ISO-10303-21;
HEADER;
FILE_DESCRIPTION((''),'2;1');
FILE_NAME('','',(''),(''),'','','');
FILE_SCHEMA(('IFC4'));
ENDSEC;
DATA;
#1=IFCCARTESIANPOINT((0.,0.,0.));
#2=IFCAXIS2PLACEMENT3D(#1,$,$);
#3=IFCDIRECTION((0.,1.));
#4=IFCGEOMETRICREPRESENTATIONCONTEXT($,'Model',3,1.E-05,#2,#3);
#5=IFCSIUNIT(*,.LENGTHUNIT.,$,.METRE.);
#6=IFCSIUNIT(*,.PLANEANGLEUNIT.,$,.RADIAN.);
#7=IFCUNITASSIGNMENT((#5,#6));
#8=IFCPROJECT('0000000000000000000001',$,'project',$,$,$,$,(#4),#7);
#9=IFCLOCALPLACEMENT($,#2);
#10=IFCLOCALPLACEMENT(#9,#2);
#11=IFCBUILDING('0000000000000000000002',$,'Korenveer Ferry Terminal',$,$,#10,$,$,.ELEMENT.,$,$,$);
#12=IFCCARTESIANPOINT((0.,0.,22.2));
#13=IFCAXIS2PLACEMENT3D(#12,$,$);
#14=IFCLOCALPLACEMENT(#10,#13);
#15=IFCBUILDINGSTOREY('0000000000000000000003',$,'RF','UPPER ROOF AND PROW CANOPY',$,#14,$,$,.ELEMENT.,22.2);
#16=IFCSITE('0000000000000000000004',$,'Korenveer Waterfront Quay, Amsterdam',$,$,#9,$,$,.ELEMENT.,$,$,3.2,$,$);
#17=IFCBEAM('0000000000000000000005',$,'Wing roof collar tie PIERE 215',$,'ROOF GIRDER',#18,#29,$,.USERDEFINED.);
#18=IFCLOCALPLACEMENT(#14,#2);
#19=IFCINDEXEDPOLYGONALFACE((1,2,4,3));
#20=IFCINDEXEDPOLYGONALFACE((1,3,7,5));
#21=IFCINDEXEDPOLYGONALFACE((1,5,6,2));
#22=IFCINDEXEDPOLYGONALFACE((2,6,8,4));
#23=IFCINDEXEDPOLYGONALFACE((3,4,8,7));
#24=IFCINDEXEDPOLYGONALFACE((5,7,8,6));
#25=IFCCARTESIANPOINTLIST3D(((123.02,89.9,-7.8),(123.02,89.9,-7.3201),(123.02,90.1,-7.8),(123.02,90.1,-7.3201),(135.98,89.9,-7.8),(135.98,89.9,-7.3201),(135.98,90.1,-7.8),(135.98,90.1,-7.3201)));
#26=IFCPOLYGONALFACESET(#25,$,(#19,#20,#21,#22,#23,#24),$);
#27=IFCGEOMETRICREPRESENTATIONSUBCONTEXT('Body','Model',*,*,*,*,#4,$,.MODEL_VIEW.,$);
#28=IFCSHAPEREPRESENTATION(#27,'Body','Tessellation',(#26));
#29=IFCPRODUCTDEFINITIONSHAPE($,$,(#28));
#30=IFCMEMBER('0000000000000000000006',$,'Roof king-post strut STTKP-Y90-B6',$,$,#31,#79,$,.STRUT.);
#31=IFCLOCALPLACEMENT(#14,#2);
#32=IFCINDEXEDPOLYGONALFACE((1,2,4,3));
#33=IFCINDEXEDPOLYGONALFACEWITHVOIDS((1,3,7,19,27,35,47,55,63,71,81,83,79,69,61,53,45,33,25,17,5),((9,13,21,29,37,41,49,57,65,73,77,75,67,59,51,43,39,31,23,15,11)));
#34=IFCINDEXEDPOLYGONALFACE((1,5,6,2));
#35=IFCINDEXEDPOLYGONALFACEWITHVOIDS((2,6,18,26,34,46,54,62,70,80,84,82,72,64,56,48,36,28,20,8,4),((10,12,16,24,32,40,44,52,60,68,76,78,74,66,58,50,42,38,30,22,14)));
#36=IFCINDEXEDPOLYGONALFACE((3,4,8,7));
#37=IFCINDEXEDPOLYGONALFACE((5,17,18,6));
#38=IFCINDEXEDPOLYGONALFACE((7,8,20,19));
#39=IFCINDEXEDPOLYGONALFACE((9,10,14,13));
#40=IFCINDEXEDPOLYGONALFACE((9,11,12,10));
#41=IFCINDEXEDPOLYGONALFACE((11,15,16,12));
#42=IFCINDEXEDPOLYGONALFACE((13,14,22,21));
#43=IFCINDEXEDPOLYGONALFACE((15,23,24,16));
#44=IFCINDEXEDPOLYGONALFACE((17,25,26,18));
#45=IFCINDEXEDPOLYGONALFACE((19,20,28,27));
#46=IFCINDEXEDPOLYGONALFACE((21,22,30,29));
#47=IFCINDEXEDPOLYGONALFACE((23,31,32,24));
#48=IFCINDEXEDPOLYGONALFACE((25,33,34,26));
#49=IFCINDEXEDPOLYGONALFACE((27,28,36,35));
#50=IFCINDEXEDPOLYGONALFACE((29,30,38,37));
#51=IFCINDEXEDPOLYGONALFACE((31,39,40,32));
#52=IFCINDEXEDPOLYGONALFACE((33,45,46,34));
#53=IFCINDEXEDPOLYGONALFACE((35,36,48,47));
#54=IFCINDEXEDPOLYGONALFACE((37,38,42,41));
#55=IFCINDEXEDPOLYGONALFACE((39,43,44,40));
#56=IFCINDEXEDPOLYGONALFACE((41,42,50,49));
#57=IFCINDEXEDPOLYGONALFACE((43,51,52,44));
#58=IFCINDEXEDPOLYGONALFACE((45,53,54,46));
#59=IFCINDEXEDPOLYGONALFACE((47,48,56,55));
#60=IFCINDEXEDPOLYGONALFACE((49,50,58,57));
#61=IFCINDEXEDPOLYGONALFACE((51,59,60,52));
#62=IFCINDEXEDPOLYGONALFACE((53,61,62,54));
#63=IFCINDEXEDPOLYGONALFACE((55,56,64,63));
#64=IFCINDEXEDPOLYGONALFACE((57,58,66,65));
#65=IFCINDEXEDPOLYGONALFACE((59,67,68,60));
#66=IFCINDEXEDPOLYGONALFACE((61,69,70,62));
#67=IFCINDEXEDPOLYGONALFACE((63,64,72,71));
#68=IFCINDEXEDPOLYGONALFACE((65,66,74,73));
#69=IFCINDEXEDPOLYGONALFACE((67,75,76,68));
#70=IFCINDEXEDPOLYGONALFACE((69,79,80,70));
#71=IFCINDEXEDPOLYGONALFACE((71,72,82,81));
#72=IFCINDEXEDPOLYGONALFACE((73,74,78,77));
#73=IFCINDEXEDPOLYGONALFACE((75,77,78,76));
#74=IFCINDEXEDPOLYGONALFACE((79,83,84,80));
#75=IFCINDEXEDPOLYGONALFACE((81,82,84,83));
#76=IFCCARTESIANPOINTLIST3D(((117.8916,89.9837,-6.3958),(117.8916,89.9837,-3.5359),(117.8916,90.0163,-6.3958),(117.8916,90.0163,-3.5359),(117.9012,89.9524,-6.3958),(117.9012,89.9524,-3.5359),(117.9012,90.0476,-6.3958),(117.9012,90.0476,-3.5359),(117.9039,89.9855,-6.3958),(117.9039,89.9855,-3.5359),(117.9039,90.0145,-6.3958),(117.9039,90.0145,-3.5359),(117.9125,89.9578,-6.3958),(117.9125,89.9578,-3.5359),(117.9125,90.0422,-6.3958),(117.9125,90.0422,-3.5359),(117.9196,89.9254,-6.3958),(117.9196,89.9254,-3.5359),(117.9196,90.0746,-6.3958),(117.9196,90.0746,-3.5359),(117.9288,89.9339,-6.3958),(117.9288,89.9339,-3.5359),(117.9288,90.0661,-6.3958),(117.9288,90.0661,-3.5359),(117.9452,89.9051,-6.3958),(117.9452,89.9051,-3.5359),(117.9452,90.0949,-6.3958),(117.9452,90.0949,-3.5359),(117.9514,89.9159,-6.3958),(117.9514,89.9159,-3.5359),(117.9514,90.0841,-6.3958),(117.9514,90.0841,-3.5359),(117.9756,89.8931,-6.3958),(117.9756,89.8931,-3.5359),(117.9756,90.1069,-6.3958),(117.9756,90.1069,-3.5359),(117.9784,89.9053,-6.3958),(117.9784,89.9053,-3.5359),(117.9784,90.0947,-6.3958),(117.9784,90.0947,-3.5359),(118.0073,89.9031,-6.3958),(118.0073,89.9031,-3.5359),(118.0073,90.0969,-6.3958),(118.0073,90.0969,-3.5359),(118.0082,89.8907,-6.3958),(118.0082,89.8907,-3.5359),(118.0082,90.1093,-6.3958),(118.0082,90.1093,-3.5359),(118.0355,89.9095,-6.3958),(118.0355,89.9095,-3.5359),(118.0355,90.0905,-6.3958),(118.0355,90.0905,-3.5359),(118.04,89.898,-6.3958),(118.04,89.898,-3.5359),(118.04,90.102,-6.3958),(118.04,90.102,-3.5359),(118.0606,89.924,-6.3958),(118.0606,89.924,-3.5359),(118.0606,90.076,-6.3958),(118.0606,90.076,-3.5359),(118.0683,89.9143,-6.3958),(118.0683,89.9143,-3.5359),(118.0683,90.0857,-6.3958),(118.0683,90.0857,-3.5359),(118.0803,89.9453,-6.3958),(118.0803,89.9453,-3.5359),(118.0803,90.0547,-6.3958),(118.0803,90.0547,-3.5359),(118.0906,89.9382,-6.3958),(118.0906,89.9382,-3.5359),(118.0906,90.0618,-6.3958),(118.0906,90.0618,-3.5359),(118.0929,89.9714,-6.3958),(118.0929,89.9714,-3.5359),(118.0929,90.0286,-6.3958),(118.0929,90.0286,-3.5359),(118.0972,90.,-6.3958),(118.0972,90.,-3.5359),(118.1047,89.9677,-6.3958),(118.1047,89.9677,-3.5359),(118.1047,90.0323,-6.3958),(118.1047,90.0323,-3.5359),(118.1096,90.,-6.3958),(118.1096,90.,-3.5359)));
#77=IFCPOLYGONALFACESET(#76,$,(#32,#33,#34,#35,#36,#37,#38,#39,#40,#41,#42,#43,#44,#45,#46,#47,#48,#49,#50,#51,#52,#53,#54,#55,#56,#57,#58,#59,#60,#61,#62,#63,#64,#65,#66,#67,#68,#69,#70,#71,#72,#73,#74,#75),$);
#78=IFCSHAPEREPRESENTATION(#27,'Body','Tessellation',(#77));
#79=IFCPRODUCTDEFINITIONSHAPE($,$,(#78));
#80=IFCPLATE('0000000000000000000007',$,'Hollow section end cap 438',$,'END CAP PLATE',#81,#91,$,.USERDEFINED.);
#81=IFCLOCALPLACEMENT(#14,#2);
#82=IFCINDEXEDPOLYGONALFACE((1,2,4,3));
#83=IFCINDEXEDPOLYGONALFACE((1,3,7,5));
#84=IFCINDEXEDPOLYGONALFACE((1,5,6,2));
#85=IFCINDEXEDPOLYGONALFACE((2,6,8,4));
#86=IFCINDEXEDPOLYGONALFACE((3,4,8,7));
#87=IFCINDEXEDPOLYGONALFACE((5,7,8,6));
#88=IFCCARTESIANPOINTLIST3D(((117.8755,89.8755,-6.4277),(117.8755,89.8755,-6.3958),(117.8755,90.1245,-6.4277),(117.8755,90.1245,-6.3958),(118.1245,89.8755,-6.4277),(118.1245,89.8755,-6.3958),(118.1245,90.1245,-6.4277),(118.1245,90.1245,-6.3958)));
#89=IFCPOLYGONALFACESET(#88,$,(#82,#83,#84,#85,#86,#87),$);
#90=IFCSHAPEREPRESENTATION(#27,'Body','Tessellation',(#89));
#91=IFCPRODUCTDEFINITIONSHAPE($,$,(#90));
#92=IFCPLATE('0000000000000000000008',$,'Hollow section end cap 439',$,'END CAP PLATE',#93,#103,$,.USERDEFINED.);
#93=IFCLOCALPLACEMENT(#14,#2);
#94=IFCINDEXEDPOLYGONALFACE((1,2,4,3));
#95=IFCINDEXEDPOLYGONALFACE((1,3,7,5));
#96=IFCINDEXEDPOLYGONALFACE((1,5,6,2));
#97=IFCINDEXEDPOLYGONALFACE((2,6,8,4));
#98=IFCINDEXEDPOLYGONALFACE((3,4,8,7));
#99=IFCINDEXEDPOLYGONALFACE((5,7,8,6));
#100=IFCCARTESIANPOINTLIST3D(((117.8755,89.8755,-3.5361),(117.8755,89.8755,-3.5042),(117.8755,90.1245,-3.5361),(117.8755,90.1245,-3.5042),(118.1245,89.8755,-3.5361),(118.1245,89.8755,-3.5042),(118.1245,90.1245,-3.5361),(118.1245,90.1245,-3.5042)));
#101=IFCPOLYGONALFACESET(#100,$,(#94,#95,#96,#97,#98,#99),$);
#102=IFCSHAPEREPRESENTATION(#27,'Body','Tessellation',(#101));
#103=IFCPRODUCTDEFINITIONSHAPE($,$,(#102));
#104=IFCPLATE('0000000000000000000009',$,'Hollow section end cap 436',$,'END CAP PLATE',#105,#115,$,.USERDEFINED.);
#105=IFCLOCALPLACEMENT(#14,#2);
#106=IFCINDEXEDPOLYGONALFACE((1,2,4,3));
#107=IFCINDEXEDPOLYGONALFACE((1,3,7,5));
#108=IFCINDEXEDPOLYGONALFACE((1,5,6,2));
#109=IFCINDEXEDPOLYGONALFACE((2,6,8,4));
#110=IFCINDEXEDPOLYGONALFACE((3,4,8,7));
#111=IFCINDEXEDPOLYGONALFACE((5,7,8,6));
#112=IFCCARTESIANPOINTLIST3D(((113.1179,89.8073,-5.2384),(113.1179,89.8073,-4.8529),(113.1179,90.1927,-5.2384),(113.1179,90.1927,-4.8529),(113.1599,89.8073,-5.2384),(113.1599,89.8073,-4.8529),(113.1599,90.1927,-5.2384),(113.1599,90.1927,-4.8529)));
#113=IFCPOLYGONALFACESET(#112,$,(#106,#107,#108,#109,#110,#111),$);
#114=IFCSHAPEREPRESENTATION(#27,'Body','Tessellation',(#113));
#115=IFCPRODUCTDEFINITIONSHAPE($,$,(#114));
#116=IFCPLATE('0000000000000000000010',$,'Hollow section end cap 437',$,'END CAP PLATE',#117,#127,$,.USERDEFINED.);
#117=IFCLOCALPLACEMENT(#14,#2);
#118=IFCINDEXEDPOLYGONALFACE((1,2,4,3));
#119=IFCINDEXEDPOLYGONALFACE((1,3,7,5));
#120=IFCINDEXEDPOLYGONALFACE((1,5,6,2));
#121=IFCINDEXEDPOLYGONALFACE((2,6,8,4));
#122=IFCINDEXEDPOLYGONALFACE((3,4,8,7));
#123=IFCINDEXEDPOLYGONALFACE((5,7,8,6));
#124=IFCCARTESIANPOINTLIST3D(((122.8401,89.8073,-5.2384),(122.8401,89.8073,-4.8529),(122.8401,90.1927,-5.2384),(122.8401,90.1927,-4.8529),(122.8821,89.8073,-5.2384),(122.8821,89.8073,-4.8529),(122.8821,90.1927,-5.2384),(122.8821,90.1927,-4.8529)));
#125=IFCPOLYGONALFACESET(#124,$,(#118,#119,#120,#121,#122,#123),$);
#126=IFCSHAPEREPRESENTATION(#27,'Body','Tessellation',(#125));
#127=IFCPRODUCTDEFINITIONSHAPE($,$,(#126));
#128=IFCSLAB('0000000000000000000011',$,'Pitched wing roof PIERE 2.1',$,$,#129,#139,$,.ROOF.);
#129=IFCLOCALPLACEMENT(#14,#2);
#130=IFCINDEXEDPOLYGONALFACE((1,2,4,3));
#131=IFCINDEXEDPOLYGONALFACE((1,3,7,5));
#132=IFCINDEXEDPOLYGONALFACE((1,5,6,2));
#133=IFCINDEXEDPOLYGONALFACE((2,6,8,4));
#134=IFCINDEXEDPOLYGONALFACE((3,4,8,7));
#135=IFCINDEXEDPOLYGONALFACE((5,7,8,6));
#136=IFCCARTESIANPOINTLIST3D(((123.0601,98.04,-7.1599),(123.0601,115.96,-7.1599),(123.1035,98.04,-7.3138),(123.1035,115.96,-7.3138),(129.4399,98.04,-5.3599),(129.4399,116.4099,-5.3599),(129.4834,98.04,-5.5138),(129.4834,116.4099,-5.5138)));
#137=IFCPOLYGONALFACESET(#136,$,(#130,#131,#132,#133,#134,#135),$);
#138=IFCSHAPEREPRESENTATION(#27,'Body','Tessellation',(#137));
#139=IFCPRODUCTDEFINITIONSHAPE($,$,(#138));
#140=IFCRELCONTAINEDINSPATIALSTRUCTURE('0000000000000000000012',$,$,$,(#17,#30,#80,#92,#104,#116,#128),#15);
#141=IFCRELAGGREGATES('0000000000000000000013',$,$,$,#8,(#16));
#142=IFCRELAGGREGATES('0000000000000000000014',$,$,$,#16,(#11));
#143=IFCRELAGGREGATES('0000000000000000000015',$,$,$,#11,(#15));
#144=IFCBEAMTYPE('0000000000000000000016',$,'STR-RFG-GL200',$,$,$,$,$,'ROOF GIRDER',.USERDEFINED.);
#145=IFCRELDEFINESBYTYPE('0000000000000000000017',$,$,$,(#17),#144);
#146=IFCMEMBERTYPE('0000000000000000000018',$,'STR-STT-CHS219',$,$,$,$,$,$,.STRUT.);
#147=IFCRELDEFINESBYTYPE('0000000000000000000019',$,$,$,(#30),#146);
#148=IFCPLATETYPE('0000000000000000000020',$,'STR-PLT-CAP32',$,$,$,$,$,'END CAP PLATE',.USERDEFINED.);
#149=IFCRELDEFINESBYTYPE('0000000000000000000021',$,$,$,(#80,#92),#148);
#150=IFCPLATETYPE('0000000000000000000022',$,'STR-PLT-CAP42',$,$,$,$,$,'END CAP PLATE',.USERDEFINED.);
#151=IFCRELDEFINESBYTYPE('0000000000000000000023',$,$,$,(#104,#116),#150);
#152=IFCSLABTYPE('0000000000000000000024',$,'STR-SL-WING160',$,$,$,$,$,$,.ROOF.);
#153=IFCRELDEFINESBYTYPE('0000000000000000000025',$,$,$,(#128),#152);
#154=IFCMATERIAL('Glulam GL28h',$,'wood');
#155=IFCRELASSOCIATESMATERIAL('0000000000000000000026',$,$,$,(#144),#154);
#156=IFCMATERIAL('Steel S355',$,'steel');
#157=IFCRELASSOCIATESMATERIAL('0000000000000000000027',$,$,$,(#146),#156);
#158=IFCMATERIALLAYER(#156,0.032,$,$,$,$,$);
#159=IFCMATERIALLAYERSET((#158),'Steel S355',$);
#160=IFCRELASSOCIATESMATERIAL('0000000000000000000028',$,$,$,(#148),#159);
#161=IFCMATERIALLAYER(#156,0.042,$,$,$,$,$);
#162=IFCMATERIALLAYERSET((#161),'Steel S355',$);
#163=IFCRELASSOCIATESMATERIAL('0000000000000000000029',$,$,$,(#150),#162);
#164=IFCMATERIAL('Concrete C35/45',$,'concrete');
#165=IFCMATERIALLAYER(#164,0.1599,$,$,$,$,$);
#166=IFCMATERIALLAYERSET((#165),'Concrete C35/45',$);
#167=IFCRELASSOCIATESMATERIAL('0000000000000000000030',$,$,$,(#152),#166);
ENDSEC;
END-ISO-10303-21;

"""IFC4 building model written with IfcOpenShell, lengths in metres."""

from ifc_helpers import new_model, si_unit, direction, frame, origin, origin_2d, place, context, subcontext, project, spatial, polyline, rectangle, hollow_circle, outline, extrude, material, layer, layer_set, material_profile, profile_set, type_object, element, save


model = new_model("IFC4")

# Units and contexts
model_context = context("Model", 3, precision=1e-05, world=origin(), true_north=direction((0.0, 1.0)))
body_context = subcontext(model_context, "Body", "Model", "MODEL_VIEW")
ifc_project = project(units=[si_unit("LENGTHUNIT", "METRE"), si_unit("PLANEANGLEUNIT", "RADIAN")], contexts=[model_context])

# Site, building, storey
site_placement = place(None, origin())
site = spatial("IfcSite", under=ifc_project, at=site_placement, Name="Korenveer Waterfront Quay, Amsterdam", CompositionType="ELEMENT", RefElevation=3.2)
building_placement = place(site_placement, origin())
building = spatial("IfcBuilding", under=site, at=building_placement, Name="Korenveer Ferry Terminal", CompositionType="ELEMENT")
storey_placement = place(building_placement, frame((0.0, 0.0, 22.2)))
storey = spatial("IfcBuildingStorey", under=building, at=storey_placement, Name="RF", Description="UPPER ROOF AND PROW CANOPY", CompositionType="ELEMENT", Elevation=22.2)

# Shared definitions
ifc_material_1 = material(Name="Steel S355", Category="steel")

# Shared definitions
ifc_material_2 = material(Name="Glulam GL28h", Category="wood")

# Beam
ifc_material_profile_1 = material_profile(ifc_material_2, rectangle(XDim=0.2, YDim=0.48, at=origin_2d()), Name="GL 200x480")
ifc_profile_set_1 = profile_set([ifc_material_profile_1], Name="Glulam GL28h")
beam_type_1 = type_object("IfcBeamType", Name="STR-RFG-GL200", ElementType="ROOF GIRDER", PredefinedType="USERDEFINED", material=ifc_profile_set_1)
beam_1_placement = place(storey_placement, frame((123.02, 90.0, -7.5601), z_axis=(1.0, 0.0, 0.0), x_axis=(0.0, 1.0, 0.0)))
element("IfcBeam", 1, at=beam_1_placement, inside=storey, type_object=beam_type_1, Name="Wing roof collar tie PIERE 215", ObjectType="ROOF GIRDER", PredefinedType="USERDEFINED", context=body_context, shape_type="SweptSolid", body=[
    extrude(rectangle(XDim=0.2, YDim=0.48, at=origin_2d()), origin(), (0.0, 0.0, 1.0), 12.96),
])

# Member
ifc_material_profile_2 = material_profile(ifc_material_1, hollow_circle(Radius=0.1096, WallThickness=0.0125, at=origin_2d()), Name="CHS 219.1x12.5")
ifc_profile_set_2 = profile_set([ifc_material_profile_2], Name="Steel S355")
member_type_1 = type_object("IfcMemberType", Name="STR-STT-CHS219", PredefinedType="STRUT", material=ifc_profile_set_2)
member_1_placement = place(storey_placement, frame((118.0, 90.0, -6.3958), z_axis=(0.0, 0.0, 1.0), x_axis=(1.0, 0.0, 0.0)))
element("IfcMember", 2, at=member_1_placement, inside=storey, type_object=member_type_1, Name="Roof king-post strut STTKP-Y90-B6", PredefinedType="STRUT", context=body_context, shape_type="SweptSolid", body=[
    extrude(hollow_circle(Radius=0.1096, WallThickness=0.0125, at=origin_2d()), origin(), (0.0, 0.0, 1.0), 2.8599),
])

# Plates
ifc_layer_1 = layer(ifc_material_1, 0.032)
ifc_layer_set_1 = layer_set([ifc_layer_1], Name="Steel S355")
plate_type_1 = type_object("IfcPlateType", Name="STR-PLT-CAP32", ElementType="END CAP PLATE", PredefinedType="USERDEFINED", material=ifc_layer_set_1)
for number, where, z_axis, x_axis, name in (
    (3, (118.0, 90.0, -6.4277), (0.0, 0.0, 1.0), (1.0, 0.0, 0.0), "Hollow section end cap 438"),
    (4, (118.0, 90.0, -3.5361), (0.0, 0.0, 1.0), (1.0, 0.0, 0.0), "Hollow section end cap 439"),
):
    element("IfcPlate", number, at=place(storey_placement, frame(where, z_axis=z_axis, x_axis=x_axis)), inside=storey, type_object=plate_type_1, Name=name, ObjectType="END CAP PLATE", PredefinedType="USERDEFINED", context=body_context, shape_type="SweptSolid", body=[
        extrude(rectangle(XDim=0.249, YDim=0.249, at=origin_2d()), origin(), (0.0, 0.0, 1.0), 0.032),
    ])
ifc_layer_2 = layer(ifc_material_1, 0.042)
ifc_layer_set_2 = layer_set([ifc_layer_2], Name="Steel S355")
plate_type_2 = type_object("IfcPlateType", Name="STR-PLT-CAP42", ElementType="END CAP PLATE", PredefinedType="USERDEFINED", material=ifc_layer_set_2)
for number, where, z_axis, x_axis, name in (
    (5, (113.1179, 90.0, -5.0457), (1.0, 0.0, 0.0), (0.0, 1.0, 0.0), "Hollow section end cap 436"),
    (6, (122.8401, 90.0, -5.0457), (1.0, 0.0, 0.0), (0.0, 1.0, 0.0), "Hollow section end cap 437"),
):
    element("IfcPlate", number, at=place(storey_placement, frame(where, z_axis=z_axis, x_axis=x_axis)), inside=storey, type_object=plate_type_2, Name=name, ObjectType="END CAP PLATE", PredefinedType="USERDEFINED", context=body_context, shape_type="SweptSolid", body=[
        extrude(rectangle(XDim=0.3855, YDim=0.3855, at=origin_2d()), origin(), (0.0, 0.0, 1.0), 0.042),
    ])

# Slab
ifc_material_3 = material(Name="Concrete C35/45", Category="concrete")
ifc_layer_3 = layer(ifc_material_3, 0.1599)
ifc_layer_set_3 = layer_set([ifc_layer_3], Name="Concrete C35/45")
slab_type = type_object("IfcSlabType", Name="STR-SL-WING160", PredefinedType="ROOF", material=ifc_layer_set_3)
slab_placement = place(storey_placement, frame((123.0601, 98.04, -7.1599), z_axis=(-0.271543, 0.0, 0.962426), x_axis=(0.962426, 0.0, 0.271543)))
element("IfcSlab", 7, at=slab_placement, inside=storey, type_object=slab_type, Name="Pitched wing roof PIERE 2.1", PredefinedType="ROOF", context=body_context, shape_type="SweptSolid", body=[
    extrude(outline(polyline([(0.0, 0.0), (6.629, 0.0), (6.629, 18.3699), (0.0, 17.9199), (0.0, 0.0)])), origin(), (0.0, 0.0, -1.0), 0.1599),
])

save(model, "model.ifc")
